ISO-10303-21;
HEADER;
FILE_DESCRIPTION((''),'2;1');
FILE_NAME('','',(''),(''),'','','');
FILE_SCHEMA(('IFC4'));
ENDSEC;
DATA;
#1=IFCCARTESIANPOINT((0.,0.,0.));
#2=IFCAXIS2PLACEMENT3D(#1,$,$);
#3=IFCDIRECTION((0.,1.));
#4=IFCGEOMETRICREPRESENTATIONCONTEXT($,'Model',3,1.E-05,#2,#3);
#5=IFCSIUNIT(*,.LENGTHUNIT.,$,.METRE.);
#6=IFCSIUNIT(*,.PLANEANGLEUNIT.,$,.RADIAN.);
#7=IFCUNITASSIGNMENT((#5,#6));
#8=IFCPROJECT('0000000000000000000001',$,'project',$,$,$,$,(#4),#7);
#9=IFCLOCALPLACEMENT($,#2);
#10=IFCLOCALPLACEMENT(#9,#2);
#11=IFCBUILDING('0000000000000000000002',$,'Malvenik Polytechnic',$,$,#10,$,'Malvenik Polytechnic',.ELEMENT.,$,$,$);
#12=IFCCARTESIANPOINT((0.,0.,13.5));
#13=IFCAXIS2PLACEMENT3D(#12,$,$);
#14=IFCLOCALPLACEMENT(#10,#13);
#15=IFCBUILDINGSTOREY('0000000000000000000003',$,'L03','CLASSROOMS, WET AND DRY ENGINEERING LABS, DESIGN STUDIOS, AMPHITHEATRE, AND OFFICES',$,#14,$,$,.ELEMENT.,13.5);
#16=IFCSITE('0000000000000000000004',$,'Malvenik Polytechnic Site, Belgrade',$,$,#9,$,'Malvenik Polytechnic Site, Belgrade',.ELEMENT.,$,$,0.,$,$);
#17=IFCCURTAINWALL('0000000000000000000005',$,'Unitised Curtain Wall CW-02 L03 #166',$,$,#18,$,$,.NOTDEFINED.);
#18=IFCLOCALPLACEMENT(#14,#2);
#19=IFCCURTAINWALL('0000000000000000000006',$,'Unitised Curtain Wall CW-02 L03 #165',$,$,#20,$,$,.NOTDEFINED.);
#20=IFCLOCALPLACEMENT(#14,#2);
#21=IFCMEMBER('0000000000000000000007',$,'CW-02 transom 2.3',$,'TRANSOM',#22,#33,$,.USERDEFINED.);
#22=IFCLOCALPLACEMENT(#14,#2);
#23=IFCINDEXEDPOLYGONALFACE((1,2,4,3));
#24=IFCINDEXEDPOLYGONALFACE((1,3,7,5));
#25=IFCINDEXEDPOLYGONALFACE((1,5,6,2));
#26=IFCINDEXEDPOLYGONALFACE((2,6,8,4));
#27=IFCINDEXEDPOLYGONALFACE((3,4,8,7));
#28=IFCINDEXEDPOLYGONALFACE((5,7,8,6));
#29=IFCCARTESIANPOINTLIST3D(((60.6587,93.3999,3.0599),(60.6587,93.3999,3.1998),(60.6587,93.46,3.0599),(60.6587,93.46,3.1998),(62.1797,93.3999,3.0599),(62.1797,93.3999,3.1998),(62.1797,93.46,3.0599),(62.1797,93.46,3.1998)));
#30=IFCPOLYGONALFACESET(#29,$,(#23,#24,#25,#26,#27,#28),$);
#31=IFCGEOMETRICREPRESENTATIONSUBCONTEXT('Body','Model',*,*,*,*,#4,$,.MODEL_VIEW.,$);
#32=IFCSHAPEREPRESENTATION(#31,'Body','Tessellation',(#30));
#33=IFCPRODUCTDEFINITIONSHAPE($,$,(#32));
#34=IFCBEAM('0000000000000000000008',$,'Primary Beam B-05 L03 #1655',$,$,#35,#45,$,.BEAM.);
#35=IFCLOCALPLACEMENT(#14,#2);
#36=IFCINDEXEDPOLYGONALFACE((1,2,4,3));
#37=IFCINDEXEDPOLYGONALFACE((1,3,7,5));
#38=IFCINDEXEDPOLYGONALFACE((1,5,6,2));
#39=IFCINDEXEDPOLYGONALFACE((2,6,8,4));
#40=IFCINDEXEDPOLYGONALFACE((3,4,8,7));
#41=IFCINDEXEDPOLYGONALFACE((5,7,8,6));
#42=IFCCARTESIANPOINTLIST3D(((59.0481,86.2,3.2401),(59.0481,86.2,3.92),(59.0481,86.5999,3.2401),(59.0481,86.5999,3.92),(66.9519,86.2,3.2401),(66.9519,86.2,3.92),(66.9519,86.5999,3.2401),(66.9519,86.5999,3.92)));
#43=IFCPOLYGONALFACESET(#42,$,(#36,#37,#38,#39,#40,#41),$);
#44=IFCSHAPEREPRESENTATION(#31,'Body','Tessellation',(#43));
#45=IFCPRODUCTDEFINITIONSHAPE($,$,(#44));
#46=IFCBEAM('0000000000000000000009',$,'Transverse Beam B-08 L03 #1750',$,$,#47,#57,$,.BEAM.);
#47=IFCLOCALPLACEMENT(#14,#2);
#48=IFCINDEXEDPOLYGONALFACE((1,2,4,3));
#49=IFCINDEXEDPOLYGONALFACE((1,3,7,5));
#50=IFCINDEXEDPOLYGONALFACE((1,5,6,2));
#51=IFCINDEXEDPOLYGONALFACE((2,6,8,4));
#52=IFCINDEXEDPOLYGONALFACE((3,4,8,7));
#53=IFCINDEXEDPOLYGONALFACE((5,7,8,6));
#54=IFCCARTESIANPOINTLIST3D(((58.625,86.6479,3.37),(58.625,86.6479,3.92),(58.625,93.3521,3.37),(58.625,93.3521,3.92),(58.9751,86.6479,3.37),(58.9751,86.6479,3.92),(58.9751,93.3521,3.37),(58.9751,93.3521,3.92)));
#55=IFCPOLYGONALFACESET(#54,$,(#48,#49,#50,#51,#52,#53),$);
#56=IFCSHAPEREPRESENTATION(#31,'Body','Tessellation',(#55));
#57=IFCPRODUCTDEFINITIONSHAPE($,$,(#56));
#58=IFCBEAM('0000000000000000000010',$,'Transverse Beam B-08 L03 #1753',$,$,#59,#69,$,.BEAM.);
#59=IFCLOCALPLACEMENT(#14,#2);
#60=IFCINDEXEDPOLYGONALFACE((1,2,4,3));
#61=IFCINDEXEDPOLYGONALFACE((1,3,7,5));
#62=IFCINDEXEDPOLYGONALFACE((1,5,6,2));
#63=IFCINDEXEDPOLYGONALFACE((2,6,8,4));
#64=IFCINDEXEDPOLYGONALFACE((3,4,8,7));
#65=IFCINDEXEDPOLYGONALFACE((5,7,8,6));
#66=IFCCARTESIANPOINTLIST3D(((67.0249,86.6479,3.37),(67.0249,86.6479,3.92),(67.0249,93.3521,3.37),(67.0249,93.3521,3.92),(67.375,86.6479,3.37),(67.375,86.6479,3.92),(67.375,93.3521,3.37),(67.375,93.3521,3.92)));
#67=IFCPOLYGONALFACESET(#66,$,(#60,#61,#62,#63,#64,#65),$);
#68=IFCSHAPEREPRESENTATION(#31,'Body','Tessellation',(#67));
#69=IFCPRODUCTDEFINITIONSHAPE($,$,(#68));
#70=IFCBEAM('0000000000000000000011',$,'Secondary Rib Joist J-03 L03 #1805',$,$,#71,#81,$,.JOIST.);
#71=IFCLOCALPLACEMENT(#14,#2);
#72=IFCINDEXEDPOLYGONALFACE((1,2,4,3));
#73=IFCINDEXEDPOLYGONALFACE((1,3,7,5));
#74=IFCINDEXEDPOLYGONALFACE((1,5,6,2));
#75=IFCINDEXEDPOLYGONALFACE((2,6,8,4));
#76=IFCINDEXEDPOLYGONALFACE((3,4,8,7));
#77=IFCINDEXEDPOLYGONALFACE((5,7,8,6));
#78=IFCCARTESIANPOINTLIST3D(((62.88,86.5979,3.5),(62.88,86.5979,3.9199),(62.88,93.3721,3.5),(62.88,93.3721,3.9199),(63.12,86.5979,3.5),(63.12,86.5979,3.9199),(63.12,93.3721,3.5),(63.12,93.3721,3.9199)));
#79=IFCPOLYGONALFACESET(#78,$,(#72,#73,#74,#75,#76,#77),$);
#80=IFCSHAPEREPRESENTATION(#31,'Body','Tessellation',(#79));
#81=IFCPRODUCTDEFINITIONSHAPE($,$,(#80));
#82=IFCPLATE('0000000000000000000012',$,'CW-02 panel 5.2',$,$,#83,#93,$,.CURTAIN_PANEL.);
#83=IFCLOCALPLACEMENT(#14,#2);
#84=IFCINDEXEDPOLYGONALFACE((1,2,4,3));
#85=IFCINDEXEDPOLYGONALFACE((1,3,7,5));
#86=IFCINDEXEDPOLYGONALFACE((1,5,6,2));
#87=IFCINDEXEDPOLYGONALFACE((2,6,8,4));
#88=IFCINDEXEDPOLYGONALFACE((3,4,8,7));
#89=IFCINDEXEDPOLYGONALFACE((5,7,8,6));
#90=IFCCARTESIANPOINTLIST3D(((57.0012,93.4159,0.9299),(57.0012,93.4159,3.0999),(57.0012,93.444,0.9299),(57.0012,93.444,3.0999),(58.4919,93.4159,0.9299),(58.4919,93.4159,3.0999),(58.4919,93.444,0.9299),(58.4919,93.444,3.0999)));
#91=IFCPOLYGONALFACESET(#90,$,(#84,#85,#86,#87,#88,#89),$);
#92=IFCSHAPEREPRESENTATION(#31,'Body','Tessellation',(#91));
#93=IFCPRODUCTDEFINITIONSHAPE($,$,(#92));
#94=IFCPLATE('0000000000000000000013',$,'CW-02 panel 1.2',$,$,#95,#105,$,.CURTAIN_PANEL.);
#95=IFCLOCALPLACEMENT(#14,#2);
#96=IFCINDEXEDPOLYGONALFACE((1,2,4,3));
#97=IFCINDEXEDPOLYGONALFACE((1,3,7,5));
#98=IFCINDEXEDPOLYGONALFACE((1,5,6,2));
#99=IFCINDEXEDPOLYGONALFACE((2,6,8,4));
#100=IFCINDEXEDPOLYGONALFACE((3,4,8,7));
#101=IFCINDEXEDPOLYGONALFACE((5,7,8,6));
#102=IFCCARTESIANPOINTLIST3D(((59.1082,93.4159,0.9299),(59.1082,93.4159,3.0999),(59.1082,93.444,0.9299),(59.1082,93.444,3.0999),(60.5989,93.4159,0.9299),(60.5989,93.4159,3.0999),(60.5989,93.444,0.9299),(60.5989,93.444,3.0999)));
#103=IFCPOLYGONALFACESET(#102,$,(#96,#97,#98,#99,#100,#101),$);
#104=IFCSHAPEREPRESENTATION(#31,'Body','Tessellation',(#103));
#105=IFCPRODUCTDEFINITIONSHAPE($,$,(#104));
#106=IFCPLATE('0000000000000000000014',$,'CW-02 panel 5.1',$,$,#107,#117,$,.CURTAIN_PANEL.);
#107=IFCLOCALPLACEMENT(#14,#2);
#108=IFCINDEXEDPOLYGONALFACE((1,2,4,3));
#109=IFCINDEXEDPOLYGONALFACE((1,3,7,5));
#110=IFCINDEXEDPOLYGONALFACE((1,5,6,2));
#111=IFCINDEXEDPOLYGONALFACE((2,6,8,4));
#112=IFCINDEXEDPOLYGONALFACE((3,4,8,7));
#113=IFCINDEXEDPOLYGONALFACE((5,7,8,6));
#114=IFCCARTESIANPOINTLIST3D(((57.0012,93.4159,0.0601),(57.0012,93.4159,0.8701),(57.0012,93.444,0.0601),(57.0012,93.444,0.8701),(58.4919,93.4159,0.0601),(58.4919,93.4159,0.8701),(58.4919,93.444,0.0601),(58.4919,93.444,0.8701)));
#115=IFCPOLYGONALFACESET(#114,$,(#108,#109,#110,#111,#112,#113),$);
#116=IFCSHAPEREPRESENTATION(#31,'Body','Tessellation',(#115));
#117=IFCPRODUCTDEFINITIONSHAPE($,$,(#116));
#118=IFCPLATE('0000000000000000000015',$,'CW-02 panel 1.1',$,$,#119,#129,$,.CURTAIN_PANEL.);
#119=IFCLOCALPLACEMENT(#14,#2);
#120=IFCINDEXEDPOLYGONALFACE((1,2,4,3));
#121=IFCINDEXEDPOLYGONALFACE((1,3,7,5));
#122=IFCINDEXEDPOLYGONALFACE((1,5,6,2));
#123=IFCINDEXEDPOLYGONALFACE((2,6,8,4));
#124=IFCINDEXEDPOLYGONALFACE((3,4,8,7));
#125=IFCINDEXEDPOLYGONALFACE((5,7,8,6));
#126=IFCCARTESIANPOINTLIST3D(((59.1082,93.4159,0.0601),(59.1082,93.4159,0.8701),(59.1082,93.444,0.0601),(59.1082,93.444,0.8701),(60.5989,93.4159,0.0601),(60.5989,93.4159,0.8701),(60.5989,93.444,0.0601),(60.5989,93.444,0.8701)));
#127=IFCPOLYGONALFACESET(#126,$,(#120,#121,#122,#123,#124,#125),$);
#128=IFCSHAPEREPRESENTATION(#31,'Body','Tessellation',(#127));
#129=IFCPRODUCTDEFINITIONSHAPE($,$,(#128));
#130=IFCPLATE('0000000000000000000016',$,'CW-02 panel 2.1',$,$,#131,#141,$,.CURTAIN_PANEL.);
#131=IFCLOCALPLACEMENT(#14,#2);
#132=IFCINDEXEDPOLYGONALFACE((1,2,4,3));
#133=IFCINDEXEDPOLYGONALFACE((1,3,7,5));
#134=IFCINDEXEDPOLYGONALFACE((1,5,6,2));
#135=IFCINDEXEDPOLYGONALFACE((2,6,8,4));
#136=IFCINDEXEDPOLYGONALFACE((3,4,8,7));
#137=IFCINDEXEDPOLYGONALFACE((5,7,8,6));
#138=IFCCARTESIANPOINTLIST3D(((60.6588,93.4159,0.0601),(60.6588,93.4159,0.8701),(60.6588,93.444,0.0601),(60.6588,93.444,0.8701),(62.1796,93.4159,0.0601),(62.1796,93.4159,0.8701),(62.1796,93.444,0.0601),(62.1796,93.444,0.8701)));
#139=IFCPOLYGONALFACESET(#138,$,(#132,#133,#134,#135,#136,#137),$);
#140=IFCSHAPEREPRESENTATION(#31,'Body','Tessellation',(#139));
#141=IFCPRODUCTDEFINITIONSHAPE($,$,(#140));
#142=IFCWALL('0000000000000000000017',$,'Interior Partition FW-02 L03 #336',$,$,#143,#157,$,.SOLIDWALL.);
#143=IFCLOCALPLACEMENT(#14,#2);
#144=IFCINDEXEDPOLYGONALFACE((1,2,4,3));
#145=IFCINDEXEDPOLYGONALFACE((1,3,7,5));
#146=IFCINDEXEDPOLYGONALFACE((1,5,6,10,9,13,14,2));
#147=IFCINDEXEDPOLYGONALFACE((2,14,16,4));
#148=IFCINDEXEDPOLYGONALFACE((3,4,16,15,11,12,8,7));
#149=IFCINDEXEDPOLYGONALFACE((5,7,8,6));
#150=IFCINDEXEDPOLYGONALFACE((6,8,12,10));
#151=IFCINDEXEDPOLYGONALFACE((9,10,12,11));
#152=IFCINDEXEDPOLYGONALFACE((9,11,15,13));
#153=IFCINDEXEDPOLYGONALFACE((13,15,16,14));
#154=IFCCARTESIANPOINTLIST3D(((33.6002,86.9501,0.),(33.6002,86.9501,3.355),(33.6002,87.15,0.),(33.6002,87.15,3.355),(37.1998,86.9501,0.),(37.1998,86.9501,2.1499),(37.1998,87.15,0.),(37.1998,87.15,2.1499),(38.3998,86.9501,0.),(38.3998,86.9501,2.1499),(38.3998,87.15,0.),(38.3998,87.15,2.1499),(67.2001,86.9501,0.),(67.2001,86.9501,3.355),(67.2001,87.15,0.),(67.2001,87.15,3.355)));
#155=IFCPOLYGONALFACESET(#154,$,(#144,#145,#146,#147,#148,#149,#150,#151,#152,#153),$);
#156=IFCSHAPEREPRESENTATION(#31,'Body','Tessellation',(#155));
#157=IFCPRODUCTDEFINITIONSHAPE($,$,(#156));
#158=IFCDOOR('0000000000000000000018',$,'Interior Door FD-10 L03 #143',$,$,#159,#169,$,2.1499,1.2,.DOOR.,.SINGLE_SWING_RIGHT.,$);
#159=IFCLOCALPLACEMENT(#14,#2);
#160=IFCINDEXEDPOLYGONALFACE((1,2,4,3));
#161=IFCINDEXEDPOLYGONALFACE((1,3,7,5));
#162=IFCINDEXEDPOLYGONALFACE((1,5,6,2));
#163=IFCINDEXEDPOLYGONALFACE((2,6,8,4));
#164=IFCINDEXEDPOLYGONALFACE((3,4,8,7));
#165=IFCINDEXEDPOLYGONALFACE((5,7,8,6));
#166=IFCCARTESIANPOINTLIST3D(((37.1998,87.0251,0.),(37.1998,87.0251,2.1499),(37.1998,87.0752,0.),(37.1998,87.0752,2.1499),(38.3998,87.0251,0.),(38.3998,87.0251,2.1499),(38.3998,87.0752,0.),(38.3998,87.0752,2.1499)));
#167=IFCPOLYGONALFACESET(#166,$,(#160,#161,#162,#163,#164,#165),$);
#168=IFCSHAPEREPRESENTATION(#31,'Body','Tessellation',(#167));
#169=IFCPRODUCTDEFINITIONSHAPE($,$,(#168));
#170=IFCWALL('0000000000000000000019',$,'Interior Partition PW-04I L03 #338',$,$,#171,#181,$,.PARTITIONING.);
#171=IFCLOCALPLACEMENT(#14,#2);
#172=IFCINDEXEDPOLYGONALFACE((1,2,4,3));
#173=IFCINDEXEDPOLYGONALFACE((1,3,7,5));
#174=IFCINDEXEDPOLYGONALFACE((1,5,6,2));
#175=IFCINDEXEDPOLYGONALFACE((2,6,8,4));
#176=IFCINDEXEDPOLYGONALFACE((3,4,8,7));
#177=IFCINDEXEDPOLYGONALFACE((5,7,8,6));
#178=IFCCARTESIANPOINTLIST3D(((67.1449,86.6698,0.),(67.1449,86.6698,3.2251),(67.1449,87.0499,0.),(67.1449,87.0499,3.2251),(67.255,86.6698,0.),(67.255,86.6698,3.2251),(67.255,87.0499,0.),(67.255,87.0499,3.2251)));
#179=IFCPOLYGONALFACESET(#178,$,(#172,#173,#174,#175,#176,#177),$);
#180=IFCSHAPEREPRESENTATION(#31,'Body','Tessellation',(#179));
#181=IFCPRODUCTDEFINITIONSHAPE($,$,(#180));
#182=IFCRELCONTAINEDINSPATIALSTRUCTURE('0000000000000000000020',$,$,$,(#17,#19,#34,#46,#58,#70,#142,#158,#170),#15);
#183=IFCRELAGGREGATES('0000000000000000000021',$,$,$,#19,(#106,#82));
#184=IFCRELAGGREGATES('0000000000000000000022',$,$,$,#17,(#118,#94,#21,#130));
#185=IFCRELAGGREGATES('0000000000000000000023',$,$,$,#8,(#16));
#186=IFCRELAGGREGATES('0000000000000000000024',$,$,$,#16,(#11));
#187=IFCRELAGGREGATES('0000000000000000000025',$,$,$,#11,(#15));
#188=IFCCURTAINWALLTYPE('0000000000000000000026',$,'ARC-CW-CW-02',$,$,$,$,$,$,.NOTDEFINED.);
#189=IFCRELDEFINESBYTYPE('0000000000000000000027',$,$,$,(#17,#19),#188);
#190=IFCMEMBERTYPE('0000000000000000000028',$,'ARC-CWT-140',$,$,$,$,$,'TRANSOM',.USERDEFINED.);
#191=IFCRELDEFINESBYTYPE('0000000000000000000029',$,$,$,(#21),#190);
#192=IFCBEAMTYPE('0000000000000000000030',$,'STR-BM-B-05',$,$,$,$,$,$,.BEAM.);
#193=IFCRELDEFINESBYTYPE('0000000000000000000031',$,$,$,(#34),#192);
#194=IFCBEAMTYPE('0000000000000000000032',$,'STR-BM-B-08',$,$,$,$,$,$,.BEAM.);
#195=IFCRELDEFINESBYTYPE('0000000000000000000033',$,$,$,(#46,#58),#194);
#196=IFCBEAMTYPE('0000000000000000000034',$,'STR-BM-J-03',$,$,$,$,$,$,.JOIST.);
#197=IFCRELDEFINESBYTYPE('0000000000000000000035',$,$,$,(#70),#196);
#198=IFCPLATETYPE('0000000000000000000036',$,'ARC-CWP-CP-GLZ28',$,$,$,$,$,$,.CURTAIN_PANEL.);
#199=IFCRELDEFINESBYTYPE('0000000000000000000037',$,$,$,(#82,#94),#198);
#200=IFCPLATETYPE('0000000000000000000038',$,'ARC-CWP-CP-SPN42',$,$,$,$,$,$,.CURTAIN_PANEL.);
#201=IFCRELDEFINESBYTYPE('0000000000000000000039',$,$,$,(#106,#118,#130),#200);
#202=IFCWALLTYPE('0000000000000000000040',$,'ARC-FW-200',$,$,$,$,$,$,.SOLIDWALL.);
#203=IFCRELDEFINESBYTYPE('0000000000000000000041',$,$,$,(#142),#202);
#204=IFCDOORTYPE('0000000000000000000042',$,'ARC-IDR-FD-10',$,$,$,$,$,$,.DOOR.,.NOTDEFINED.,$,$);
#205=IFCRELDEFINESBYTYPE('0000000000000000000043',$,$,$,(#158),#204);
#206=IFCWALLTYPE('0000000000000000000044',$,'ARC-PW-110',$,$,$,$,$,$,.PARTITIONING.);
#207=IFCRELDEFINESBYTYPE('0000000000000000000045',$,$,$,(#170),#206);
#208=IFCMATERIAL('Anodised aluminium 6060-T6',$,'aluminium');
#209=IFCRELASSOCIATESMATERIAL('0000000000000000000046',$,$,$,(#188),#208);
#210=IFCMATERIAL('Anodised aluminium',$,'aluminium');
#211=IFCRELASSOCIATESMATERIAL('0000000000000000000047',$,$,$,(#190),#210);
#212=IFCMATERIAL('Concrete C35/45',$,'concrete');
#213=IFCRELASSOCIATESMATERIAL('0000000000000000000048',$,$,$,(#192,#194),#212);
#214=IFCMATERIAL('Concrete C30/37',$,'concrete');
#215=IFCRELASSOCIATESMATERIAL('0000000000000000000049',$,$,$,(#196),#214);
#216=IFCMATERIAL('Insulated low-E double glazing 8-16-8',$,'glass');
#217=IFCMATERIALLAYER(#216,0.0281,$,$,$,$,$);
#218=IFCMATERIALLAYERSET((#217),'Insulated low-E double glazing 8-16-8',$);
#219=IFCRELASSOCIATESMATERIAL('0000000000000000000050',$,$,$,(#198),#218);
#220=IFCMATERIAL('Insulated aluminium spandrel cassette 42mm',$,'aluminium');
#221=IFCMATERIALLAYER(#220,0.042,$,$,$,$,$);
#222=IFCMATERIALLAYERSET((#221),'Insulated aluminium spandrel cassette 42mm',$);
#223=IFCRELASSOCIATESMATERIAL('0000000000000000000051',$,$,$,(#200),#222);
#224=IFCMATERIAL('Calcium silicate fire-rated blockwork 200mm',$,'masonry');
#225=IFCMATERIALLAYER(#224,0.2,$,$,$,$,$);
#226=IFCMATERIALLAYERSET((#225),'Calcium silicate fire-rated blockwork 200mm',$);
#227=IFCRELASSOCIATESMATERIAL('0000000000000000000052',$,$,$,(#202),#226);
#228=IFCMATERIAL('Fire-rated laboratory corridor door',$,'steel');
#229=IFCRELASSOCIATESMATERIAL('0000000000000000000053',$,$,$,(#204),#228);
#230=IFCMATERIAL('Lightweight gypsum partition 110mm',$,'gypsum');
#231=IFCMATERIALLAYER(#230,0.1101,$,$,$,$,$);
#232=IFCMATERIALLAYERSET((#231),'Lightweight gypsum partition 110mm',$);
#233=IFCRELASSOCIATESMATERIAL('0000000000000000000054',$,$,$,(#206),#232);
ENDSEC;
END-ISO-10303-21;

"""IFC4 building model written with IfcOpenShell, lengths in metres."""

from ifc_helpers import new_model, si_unit, direction, frame, frame_2d, origin, origin_2d, place, context, subcontext, project, spatial, rectangle, extrude, material, layer, layer_set, material_profile, profile_set, type_object, element, fill, aggregate, save


model = new_model("IFC4")

# Units and contexts
model_context = context("Model", 3, precision=1e-05, world=origin(), true_north=direction((0.0, 1.0)))
body_context = subcontext(model_context, "Body", "Model", "MODEL_VIEW")
ifc_project = project(units=[si_unit("LENGTHUNIT", "METRE"), si_unit("PLANEANGLEUNIT", "RADIAN")], contexts=[model_context])

# Site, building, storey
site_placement = place(None, origin())
site = spatial("IfcSite", under=ifc_project, at=site_placement, Name="Malvenik Polytechnic Site, Belgrade", LongName="Malvenik Polytechnic Site, Belgrade", CompositionType="ELEMENT", RefElevation=0.0)
building_placement = place(site_placement, origin())
building = spatial("IfcBuilding", under=site, at=building_placement, Name="Malvenik Polytechnic", LongName="Malvenik Polytechnic", CompositionType="ELEMENT")
storey_placement = place(building_placement, frame((0.0, 0.0, 13.5)))
storey = spatial("IfcBuildingStorey", under=building, at=storey_placement, Name="L03", Description="CLASSROOMS, WET AND DRY ENGINEERING LABS, DESIGN STUDIOS, AMPHITHEATRE, AND OFFICES", CompositionType="ELEMENT", Elevation=13.5)

# Shared definitions
ifc_material_1 = material(Name="Concrete C35/45", Category="concrete")

# Curtain walls
ifc_material_2 = material(Name="Anodised aluminium 6060-T6", Category="aluminium")
curtain_wall_type = type_object("IfcCurtainWallType", Name="ARC-CW-CW-02", PredefinedType="NOTDEFINED", material=ifc_material_2)
curtain_wall_1_placement = place(storey_placement, origin())
curtain_wall_1 = element("IfcCurtainWall", 1, at=curtain_wall_1_placement, inside=storey, type_object=curtain_wall_type, Name="Unitised Curtain Wall CW-02 L03 #166", PredefinedType="NOTDEFINED")
ifc_material_3 = material(Name="Anodised aluminium", Category="aluminium")
curtain_wall_2_placement = place(storey_placement, origin())
curtain_wall_2 = element("IfcCurtainWall", 2, at=curtain_wall_2_placement, inside=storey, type_object=curtain_wall_type, Name="Unitised Curtain Wall CW-02 L03 #165", PredefinedType="NOTDEFINED")

# Member
ifc_material_profile_1 = material_profile(ifc_material_3, rectangle(XDim=0.0601, YDim=0.1399, at=origin_2d()), Name="ALU TRANSOM 60x140")
ifc_profile_set_1 = profile_set([ifc_material_profile_1], Name="Anodised aluminium")
member_type_1 = type_object("IfcMemberType", Name="ARC-CWT-140", ElementType="TRANSOM", PredefinedType="USERDEFINED", material=ifc_profile_set_1)
member_1_placement = place(storey_placement, frame((60.6587, 93.4299, 3.1299), z_axis=(1.0, 0.0, 0.0), x_axis=(0.0, 1.0, 0.0)))
member_1 = element("IfcMember", 3, at=member_1_placement, type_object=member_type_1, Name="CW-02 transom 2.3", ObjectType="TRANSOM", PredefinedType="USERDEFINED", context=body_context, shape_type="SweptSolid", body=[
    extrude(rectangle(XDim=0.0601, YDim=0.1399, at=origin_2d()), origin(), (0.0, 0.0, 1.0), 1.521),
])

# Beams
ifc_material_profile_2 = material_profile(ifc_material_1, rectangle(XDim=0.3999, YDim=0.6799, at=origin_2d()), Name="RC BM 400x680")
ifc_profile_set_2 = profile_set([ifc_material_profile_2], Name="Concrete C35/45")
beam_type_1 = type_object("IfcBeamType", Name="STR-BM-B-05", PredefinedType="BEAM", material=ifc_profile_set_2)
beam_1_placement = place(storey_placement, frame((59.0481, 86.3999, 3.5801), z_axis=(1.0, 0.0, 0.0), x_axis=(0.0, 1.0, 0.0)))
element("IfcBeam", 4, at=beam_1_placement, inside=storey, type_object=beam_type_1, Name="Primary Beam B-05 L03 #1655", PredefinedType="BEAM", context=body_context, shape_type="SweptSolid", body=[
    extrude(rectangle(XDim=0.3999, YDim=0.6799, at=origin_2d()), origin(), (0.0, 0.0, 1.0), 7.9038),
])
ifc_material_profile_3 = material_profile(ifc_material_1, rectangle(XDim=0.3501, YDim=0.55, at=origin_2d()), Name="RC BM 350x550")
ifc_profile_set_3 = profile_set([ifc_material_profile_3], Name="Concrete C35/45")
beam_type_2 = type_object("IfcBeamType", Name="STR-BM-B-08", PredefinedType="BEAM", material=ifc_profile_set_3)
for number, where, z_axis, x_axis, name in (
    (5, (58.8, 86.6479, 3.645), (0.0, 1.0, 0.0), (-1.0, 0.0, 0.0), "Transverse Beam B-08 L03 #1750"),
    (6, (67.2, 86.6479, 3.645), (0.0, 1.0, 0.0), (-1.0, 0.0, 0.0), "Transverse Beam B-08 L03 #1753"),
):
    element("IfcBeam", number, at=place(storey_placement, frame(where, z_axis=z_axis, x_axis=x_axis)), inside=storey, type_object=beam_type_2, Name=name, PredefinedType="BEAM", context=body_context, shape_type="SweptSolid", body=[
        extrude(rectangle(XDim=0.3501, YDim=0.55, at=origin_2d()), origin(), (0.0, 0.0, 1.0), 6.7041),
    ])
ifc_material_4 = material(Name="Concrete C30/37", Category="concrete")
ifc_material_profile_4 = material_profile(ifc_material_4, rectangle(XDim=0.24, YDim=0.4199, at=origin_2d()), Name="RC JST 240x420")
ifc_profile_set_4 = profile_set([ifc_material_profile_4], Name="Concrete C30/37")
beam_type_3 = type_object("IfcBeamType", Name="STR-BM-J-03", PredefinedType="JOIST", material=ifc_profile_set_4)
beam_2_placement = place(storey_placement, frame((63.0, 86.5979, 3.71), z_axis=(0.0, 1.0, 0.0), x_axis=(-1.0, 0.0, 0.0)))
element("IfcBeam", 7, at=beam_2_placement, inside=storey, type_object=beam_type_3, Name="Secondary Rib Joist J-03 L03 #1805", PredefinedType="JOIST", context=body_context, shape_type="SweptSolid", body=[
    extrude(rectangle(XDim=0.24, YDim=0.4199, at=origin_2d()), origin(), (0.0, 0.0, 1.0), 6.7742),
])

# Plates
ifc_material_5 = material(Name="Insulated low-E double glazing 8-16-8", Category="glass")
ifc_layer_1 = layer(ifc_material_5, 0.0281)
ifc_layer_set_1 = layer_set([ifc_layer_1], Name="Insulated low-E double glazing 8-16-8")
plate_type_1 = type_object("IfcPlateType", Name="ARC-CWP-CP-GLZ28", PredefinedType="CURTAIN_PANEL", material=ifc_layer_set_1)
plate_1_placement = place(storey_placement, frame((57.7466, 93.4299, 0.9299), z_axis=(0.0, 0.0, 1.0), x_axis=(1.0, 0.0, 0.0)))
plate_1 = element("IfcPlate", 8, at=plate_1_placement, type_object=plate_type_1, Name="CW-02 panel 5.2", PredefinedType="CURTAIN_PANEL", context=body_context, shape_type="SweptSolid", body=[
    extrude(rectangle(XDim=1.4907, YDim=0.0281, at=origin_2d()), origin(), (0.0, 0.0, 1.0), 2.1699),
])
plate_2_placement = place(storey_placement, frame((59.8535, 93.4299, 0.9299), z_axis=(0.0, 0.0, 1.0), x_axis=(1.0, 0.0, 0.0)))
plate_2 = element("IfcPlate", 9, at=plate_2_placement, type_object=plate_type_1, Name="CW-02 panel 1.2", PredefinedType="CURTAIN_PANEL", context=body_context, shape_type="SweptSolid", body=[
    extrude(rectangle(XDim=1.4907, YDim=0.0281, at=origin_2d()), origin(), (0.0, 0.0, 1.0), 2.1699),
])
ifc_material_6 = material(Name="Insulated aluminium spandrel cassette 42mm", Category="aluminium")
ifc_layer_2 = layer(ifc_material_6, 0.042)
ifc_layer_set_2 = layer_set([ifc_layer_2], Name="Insulated aluminium spandrel cassette 42mm")
plate_type_2 = type_object("IfcPlateType", Name="ARC-CWP-CP-SPN42", PredefinedType="CURTAIN_PANEL", material=ifc_layer_set_2)
plate_3_placement = place(storey_placement, frame((57.7466, 93.4299, 0.0601), z_axis=(0.0, 0.0, 1.0), x_axis=(1.0, 0.0, 0.0)))
plate_3 = element("IfcPlate", 10, at=plate_3_placement, type_object=plate_type_2, Name="CW-02 panel 5.1", PredefinedType="CURTAIN_PANEL", context=body_context, shape_type="SweptSolid", body=[
    extrude(rectangle(XDim=1.4907, YDim=0.0281, at=origin_2d()), origin(), (0.0, 0.0, 1.0), 0.8101),
])
aggregate(curtain_wall_2, [plate_3, plate_1])
plate_4_placement = place(storey_placement, frame((59.8535, 93.4299, 0.0601), z_axis=(0.0, 0.0, 1.0), x_axis=(1.0, 0.0, 0.0)))
plate_4 = element("IfcPlate", 11, at=plate_4_placement, type_object=plate_type_2, Name="CW-02 panel 1.1", PredefinedType="CURTAIN_PANEL", context=body_context, shape_type="SweptSolid", body=[
    extrude(rectangle(XDim=1.4907, YDim=0.0281, at=origin_2d()), origin(), (0.0, 0.0, 1.0), 0.8101),
])
plate_5_placement = place(storey_placement, frame((61.4192, 93.4299, 0.0601), z_axis=(0.0, 0.0, 1.0), x_axis=(1.0, 0.0, 0.0)))
plate_5 = element("IfcPlate", 12, at=plate_5_placement, type_object=plate_type_2, Name="CW-02 panel 2.1", PredefinedType="CURTAIN_PANEL", context=body_context, shape_type="SweptSolid", body=[
    extrude(rectangle(XDim=1.5208, YDim=0.0281, at=origin_2d()), origin(), (0.0, 0.0, 1.0), 0.8101),
])
aggregate(curtain_wall_1, [plate_4, plate_2, member_1, plate_5])

# Wall, opening, door
ifc_material_7 = material(Name="Calcium silicate fire-rated blockwork 200mm", Category="masonry")
ifc_layer_3 = layer(ifc_material_7, 0.2)
ifc_layer_set_3 = layer_set([ifc_layer_3], Name="Calcium silicate fire-rated blockwork 200mm")
wall_type_1 = type_object("IfcWallType", Name="ARC-FW-200", PredefinedType="SOLIDWALL", material=ifc_layer_set_3)
wall_1_placement = place(storey_placement, frame((67.2, 87.05, 0.0), z_axis=(0.0, 0.0, 1.0), x_axis=(-1.0, 0.0, 0.0)))
wall_1 = element("IfcWall", 13, at=wall_1_placement, inside=storey, type_object=wall_type_1, Name="Interior Partition FW-02 L03 #336", PredefinedType="SOLIDWALL", context=body_context, shape_type="SweptSolid", body=[
    extrude(rectangle(XDim=33.5999, YDim=0.2, at=frame_2d((16.7998, 0.0))), origin(), (0.0, 0.0, 1.0), 3.355),
])
opening_placement = place(wall_1_placement, frame((28.8, 0.0, 0.0)))
opening = element("IfcOpeningElement", 14, at=opening_placement, cuts=wall_1, PredefinedType="OPENING", context=body_context, shape_type="SweptSolid", body=[
    extrude(rectangle(XDim=1.2, YDim=2.1499, at=frame_2d((0.6001, 1.075))), frame((0.0, 0.1099, 0.0), z_axis=(0.0, -1.0, 0.0), x_axis=(1.0, 0.0, 0.0)), (0.0, 0.0, 1.0), 0.22),
])
ifc_material_8 = material(Name="Fire-rated laboratory corridor door", Category="steel")
door_type = type_object("IfcDoorType", Name="ARC-IDR-FD-10", OperationType="NOTDEFINED", PredefinedType="DOOR", material=ifc_material_8)
door_placement = place(opening_placement, origin())
door = element("IfcDoor", 15, at=door_placement, inside=storey, type_object=door_type, Name="Interior Door FD-10 L03 #143", OperationType="SINGLE_SWING_RIGHT", OverallHeight=2.1499, OverallWidth=1.2, PredefinedType="DOOR", context=body_context, shape_type="SweptSolid", body=[
    extrude(rectangle(XDim=1.2, YDim=2.1499, at=frame_2d((0.6001, 1.075))), frame((0.0, 0.0249, 0.0), z_axis=(0.0, -1.0, 0.0), x_axis=(1.0, 0.0, 0.0)), (0.0, 0.0, 1.0), 0.05),
])
fill(opening, door)

# Wall
ifc_material_9 = material(Name="Lightweight gypsum partition 110mm", Category="gypsum")
ifc_layer_4 = layer(ifc_material_9, 0.1101)
ifc_layer_set_4 = layer_set([ifc_layer_4], Name="Lightweight gypsum partition 110mm")
wall_type_2 = type_object("IfcWallType", Name="ARC-PW-110", PredefinedType="PARTITIONING", material=ifc_layer_set_4)
wall_2_placement = place(storey_placement, frame((67.2, 86.6699, 0.0), z_axis=(0.0, 0.0, 1.0), x_axis=(0.0, 1.0, 0.0)))
element("IfcWall", 16, at=wall_2_placement, inside=storey, type_object=wall_type_2, Name="Interior Partition PW-04I L03 #338", PredefinedType="PARTITIONING", context=body_context, shape_type="SweptSolid", body=[
    extrude(rectangle(XDim=0.3801, YDim=0.1101, at=frame_2d((0.1899, 0.0))), origin(), (0.0, 0.0, 1.0), 3.2251),
])

save(model, "model.ifc")
